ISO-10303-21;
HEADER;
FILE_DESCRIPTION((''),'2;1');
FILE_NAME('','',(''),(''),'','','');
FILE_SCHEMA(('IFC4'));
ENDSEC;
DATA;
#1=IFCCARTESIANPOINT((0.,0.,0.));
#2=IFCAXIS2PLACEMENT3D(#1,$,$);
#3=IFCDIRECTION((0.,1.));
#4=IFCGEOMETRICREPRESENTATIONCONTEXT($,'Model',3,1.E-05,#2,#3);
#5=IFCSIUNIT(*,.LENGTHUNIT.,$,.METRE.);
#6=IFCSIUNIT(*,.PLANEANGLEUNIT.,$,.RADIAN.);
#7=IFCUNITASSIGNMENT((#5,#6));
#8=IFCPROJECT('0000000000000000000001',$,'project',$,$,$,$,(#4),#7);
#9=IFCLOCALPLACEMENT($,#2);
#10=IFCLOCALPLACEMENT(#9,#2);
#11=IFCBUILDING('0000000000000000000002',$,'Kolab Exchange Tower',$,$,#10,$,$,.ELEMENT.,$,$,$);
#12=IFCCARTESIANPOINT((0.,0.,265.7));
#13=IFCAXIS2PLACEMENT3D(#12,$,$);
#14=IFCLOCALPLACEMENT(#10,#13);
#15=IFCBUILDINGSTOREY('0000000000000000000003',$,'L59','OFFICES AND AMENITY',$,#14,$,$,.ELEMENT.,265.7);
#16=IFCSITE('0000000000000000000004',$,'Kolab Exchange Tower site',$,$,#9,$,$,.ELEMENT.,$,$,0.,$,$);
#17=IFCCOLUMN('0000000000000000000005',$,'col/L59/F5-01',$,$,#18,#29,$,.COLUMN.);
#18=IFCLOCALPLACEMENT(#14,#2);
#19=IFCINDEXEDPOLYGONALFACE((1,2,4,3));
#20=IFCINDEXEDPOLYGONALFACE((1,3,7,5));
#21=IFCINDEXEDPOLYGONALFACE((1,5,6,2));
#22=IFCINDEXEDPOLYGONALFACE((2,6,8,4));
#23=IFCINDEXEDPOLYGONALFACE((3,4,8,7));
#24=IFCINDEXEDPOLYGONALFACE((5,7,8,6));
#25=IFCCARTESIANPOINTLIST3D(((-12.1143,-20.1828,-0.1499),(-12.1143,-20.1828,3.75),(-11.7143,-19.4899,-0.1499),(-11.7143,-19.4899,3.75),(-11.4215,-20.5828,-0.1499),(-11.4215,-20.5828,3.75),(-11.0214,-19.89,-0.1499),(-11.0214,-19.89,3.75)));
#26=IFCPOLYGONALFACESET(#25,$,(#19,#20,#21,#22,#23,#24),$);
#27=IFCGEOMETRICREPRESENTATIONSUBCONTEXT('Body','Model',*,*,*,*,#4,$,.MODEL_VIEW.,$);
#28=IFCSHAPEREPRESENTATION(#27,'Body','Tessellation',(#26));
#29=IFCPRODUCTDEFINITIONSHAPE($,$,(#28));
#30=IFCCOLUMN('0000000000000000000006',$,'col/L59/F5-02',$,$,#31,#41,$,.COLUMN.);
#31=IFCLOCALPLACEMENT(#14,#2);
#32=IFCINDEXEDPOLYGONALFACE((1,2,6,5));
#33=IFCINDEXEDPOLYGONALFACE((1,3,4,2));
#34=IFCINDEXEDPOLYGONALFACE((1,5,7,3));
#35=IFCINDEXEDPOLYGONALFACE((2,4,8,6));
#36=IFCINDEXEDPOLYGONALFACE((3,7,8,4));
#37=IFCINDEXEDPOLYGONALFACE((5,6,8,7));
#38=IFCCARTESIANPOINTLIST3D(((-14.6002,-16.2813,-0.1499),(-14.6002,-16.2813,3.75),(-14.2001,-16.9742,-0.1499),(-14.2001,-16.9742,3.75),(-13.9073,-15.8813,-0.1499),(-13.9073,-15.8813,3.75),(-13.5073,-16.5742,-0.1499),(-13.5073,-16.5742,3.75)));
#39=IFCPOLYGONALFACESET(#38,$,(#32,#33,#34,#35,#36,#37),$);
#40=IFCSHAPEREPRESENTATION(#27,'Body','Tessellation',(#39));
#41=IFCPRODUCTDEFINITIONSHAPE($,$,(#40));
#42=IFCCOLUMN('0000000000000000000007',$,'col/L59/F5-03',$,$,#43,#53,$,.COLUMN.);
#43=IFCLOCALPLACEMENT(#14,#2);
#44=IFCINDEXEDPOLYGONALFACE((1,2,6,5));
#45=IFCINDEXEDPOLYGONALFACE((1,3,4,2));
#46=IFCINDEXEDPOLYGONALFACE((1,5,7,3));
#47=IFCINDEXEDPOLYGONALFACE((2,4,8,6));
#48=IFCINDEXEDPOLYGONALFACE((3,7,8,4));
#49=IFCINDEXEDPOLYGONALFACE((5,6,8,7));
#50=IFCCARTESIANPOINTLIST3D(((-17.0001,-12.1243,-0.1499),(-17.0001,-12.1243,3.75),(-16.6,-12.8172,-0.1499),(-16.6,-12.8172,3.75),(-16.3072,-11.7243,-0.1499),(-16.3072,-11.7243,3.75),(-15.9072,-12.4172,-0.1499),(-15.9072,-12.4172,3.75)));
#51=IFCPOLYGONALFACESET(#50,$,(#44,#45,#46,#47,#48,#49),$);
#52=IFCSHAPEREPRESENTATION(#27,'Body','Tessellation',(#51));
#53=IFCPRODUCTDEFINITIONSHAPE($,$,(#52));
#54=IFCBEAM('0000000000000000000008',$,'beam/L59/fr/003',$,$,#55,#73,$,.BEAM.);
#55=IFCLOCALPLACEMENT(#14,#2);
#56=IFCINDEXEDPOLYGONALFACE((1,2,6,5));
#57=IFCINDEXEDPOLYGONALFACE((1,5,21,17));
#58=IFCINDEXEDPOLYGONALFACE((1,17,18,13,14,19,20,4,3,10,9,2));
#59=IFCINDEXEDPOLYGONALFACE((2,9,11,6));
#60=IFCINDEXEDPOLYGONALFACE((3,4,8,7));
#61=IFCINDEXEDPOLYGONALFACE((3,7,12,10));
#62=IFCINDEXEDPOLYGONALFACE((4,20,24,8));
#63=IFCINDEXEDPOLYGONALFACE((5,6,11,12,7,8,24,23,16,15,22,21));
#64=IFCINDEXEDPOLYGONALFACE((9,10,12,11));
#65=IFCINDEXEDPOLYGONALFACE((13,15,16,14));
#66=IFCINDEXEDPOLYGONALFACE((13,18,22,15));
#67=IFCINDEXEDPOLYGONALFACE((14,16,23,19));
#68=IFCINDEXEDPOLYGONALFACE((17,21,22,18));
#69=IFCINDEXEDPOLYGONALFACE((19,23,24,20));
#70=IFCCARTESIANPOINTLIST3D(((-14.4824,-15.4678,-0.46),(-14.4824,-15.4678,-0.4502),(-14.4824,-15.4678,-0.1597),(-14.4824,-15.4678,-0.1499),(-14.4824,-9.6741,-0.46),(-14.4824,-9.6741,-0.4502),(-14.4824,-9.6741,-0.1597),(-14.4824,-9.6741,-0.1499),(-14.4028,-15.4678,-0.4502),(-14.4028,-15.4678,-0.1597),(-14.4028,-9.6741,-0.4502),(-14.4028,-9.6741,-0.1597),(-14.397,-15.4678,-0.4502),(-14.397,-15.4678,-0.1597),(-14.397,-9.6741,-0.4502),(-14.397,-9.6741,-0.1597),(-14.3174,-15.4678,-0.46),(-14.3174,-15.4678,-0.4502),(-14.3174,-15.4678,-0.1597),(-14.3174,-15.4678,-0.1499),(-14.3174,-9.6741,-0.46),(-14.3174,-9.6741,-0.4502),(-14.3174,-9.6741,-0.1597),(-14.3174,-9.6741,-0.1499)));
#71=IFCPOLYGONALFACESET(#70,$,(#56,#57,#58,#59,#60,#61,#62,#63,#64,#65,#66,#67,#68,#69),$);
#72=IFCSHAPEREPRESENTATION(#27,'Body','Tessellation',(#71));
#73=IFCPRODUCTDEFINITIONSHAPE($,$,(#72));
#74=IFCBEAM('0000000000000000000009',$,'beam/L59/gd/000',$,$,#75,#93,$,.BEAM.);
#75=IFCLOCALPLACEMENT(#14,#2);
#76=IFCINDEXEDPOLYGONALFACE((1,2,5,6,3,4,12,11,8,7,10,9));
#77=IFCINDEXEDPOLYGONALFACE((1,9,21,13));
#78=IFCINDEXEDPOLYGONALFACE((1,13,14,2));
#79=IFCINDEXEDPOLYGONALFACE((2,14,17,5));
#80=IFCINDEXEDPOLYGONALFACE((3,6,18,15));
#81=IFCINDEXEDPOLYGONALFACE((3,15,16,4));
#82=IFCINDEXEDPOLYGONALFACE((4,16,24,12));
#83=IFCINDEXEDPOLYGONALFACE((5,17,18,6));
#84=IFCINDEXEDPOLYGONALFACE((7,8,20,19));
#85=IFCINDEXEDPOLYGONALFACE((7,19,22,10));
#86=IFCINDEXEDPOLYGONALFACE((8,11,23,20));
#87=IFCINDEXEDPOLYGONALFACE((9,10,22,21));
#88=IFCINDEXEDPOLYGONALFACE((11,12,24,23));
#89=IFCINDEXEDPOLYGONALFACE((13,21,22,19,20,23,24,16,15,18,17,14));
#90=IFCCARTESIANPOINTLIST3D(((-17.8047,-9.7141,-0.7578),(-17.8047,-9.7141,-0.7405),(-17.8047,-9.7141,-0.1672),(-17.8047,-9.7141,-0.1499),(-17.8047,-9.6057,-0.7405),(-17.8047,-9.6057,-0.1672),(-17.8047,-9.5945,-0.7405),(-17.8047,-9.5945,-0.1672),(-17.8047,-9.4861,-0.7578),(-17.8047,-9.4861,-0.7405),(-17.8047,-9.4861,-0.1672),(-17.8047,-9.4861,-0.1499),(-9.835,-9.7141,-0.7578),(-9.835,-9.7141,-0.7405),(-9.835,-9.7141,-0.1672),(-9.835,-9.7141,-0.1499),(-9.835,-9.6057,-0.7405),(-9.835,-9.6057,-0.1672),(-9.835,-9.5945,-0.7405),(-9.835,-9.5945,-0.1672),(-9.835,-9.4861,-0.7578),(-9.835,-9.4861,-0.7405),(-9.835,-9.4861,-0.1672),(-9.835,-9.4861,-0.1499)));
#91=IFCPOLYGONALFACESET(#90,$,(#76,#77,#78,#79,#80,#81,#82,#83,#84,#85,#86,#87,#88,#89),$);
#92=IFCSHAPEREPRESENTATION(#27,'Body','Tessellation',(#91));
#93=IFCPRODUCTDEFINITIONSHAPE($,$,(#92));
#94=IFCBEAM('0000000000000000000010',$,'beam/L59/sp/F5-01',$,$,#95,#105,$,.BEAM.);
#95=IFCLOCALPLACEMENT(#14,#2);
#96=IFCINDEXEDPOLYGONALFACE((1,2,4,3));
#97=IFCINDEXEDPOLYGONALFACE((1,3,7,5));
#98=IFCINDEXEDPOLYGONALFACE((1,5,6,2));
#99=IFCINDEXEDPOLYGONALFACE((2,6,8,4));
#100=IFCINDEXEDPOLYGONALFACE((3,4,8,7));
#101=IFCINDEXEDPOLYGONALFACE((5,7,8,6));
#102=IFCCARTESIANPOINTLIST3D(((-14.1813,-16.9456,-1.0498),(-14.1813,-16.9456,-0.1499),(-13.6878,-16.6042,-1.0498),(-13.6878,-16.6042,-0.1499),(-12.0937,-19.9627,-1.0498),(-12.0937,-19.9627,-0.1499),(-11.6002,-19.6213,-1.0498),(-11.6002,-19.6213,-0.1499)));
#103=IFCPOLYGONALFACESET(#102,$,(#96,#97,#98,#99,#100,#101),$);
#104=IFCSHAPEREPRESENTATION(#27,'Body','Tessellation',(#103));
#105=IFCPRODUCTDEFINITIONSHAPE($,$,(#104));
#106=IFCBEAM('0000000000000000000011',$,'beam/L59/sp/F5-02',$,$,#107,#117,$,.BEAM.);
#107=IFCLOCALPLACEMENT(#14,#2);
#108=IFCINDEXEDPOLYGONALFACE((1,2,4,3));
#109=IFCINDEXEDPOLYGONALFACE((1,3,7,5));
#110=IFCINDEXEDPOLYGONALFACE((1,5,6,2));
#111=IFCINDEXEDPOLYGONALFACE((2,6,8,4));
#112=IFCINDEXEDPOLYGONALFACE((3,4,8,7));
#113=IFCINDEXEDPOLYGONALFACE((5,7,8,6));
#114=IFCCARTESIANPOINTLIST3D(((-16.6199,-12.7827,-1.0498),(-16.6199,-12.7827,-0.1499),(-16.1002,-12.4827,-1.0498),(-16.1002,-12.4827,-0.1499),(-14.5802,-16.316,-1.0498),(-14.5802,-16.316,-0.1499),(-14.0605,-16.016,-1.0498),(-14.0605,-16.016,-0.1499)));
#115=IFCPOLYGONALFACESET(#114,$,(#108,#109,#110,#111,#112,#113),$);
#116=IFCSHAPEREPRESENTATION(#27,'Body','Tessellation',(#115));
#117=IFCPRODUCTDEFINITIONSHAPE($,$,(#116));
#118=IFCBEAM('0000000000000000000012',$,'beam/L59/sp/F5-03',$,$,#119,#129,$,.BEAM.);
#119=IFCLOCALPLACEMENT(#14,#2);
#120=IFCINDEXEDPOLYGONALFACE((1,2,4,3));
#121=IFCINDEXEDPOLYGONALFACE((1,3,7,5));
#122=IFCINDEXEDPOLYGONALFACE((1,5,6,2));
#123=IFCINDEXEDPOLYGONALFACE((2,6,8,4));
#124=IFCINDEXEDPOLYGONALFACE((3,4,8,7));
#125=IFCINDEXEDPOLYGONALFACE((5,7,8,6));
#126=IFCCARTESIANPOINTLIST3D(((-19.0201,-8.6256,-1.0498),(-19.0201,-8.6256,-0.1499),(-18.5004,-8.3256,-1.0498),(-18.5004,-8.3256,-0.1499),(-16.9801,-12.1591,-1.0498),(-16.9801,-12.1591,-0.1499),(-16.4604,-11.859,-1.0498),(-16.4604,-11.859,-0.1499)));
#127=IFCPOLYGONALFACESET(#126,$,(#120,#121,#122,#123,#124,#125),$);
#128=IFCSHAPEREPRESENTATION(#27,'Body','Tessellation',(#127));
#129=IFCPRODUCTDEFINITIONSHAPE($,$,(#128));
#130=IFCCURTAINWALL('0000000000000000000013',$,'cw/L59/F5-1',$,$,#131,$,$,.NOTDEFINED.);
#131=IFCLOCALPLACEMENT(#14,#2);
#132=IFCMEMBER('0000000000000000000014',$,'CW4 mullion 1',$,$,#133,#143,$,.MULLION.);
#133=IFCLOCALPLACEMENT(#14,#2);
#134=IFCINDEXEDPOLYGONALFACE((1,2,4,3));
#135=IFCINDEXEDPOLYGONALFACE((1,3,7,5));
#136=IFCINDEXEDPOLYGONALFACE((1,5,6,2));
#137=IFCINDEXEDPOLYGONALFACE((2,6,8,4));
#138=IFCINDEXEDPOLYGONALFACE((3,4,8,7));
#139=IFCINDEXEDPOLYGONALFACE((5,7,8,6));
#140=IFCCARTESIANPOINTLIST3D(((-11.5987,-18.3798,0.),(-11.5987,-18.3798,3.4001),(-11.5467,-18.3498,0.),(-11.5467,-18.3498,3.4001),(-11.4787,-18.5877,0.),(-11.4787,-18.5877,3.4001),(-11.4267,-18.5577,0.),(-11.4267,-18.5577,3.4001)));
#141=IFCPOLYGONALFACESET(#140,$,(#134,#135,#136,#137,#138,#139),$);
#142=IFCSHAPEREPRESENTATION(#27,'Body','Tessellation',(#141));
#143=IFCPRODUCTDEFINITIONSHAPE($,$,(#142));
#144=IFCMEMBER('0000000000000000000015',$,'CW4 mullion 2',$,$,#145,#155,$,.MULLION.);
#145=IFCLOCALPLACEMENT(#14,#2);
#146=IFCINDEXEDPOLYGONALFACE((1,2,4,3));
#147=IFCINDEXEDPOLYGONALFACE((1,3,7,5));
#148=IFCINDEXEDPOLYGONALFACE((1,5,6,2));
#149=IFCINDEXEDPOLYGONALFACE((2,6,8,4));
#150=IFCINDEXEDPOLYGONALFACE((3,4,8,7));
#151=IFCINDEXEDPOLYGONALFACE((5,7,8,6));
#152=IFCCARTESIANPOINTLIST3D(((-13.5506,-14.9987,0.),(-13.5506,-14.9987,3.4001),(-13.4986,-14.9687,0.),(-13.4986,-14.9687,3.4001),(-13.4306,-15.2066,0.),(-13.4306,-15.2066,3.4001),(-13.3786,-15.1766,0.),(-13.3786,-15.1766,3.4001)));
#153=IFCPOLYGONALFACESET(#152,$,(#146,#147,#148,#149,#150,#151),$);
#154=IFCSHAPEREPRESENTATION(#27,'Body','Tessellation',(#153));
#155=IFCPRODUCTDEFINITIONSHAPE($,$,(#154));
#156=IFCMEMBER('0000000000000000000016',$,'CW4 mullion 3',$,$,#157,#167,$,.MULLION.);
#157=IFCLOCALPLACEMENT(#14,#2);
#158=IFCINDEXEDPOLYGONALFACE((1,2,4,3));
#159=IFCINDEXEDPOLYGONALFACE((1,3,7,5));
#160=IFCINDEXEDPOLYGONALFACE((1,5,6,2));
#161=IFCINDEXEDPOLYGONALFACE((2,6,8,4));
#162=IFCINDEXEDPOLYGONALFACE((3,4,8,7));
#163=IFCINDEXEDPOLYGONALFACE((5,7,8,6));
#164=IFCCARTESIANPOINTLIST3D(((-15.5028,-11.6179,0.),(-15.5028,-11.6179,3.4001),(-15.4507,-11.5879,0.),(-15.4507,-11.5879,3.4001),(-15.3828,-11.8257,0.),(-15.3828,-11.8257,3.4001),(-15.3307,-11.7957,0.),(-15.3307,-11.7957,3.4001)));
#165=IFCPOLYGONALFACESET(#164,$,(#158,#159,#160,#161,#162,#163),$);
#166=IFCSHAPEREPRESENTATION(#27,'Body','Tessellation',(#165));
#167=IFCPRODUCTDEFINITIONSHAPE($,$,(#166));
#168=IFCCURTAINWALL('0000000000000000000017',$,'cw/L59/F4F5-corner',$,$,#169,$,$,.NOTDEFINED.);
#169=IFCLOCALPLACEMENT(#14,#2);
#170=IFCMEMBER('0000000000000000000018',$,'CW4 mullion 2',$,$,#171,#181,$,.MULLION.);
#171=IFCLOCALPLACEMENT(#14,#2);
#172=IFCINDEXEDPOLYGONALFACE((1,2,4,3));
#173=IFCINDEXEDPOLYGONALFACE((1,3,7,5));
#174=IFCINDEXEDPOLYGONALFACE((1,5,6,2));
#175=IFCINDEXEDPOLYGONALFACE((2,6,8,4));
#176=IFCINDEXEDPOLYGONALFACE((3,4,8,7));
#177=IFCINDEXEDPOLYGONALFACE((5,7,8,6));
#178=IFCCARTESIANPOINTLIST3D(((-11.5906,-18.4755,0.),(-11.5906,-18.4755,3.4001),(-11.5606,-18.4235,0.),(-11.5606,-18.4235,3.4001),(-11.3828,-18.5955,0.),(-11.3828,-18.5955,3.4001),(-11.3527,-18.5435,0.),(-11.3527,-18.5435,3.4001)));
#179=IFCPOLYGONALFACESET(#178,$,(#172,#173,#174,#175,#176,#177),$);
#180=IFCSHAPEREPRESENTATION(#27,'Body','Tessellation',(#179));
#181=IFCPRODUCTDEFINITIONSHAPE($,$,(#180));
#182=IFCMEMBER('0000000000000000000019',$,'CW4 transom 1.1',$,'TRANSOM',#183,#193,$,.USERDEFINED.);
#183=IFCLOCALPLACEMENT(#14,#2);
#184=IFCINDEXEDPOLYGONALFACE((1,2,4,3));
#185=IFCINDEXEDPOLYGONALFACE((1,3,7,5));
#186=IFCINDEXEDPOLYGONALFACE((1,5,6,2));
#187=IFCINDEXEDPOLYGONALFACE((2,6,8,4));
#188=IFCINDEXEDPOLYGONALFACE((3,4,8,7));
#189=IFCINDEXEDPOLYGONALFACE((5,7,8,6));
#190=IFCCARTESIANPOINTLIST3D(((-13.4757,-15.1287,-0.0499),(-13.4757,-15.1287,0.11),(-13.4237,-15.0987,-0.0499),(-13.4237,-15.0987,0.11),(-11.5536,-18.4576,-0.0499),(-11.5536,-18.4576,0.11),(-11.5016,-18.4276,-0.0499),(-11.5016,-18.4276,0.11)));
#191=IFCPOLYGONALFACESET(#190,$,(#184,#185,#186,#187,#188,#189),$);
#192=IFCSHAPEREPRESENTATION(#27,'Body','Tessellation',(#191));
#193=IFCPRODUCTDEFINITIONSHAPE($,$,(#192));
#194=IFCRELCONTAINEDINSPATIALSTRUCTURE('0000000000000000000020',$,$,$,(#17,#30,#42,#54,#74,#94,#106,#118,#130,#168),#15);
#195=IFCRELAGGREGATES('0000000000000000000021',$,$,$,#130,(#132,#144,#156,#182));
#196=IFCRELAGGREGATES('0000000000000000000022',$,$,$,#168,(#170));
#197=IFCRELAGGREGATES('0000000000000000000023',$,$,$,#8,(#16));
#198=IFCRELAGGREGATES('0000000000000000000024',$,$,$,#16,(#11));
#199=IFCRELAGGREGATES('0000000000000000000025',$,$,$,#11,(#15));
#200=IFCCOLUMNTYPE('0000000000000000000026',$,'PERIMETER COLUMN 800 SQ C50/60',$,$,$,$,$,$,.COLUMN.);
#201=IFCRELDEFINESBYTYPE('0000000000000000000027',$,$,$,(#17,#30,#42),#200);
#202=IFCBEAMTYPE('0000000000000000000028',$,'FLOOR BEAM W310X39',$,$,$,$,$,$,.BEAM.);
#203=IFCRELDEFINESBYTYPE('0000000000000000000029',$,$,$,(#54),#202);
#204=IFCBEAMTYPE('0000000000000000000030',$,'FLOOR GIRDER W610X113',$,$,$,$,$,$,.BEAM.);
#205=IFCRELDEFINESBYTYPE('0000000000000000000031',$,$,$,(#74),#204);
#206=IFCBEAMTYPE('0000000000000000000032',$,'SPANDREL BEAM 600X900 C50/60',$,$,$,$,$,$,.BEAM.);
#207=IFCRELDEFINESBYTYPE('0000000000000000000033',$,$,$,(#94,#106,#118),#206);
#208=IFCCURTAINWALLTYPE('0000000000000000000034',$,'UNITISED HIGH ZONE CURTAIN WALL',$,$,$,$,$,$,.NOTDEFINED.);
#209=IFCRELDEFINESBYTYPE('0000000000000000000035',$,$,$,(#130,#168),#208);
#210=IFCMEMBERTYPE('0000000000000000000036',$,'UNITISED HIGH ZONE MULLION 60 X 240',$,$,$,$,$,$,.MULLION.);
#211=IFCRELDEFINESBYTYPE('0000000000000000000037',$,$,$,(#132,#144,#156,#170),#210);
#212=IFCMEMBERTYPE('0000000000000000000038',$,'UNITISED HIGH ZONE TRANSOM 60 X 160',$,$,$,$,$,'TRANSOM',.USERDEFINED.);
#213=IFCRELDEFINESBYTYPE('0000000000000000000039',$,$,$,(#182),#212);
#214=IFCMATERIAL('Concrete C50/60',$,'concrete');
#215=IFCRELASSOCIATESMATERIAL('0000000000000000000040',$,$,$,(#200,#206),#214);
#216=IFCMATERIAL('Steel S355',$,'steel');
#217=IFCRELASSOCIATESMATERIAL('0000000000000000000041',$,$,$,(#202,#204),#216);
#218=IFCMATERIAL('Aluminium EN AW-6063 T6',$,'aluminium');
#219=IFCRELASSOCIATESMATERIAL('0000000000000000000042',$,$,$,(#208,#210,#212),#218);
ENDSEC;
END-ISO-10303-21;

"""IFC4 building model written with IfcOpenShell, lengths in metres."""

from ifc_helpers import new_model, si_unit, direction, frame, origin, origin_2d, place, context, subcontext, project, spatial, rectangle, i_section, extrude, material, material_profile, profile_set, type_object, element, aggregate, save


model = new_model("IFC4")

# Units and contexts
model_context = context("Model", 3, precision=1e-05, world=origin(), true_north=direction((0.0, 1.0)))
body_context = subcontext(model_context, "Body", "Model", "MODEL_VIEW")
ifc_project = project(units=[si_unit("LENGTHUNIT", "METRE"), si_unit("PLANEANGLEUNIT", "RADIAN")], contexts=[model_context])

# Site, building, storey
site_placement = place(None, origin())
site = spatial("IfcSite", under=ifc_project, at=site_placement, Name="Kolab Exchange Tower site", CompositionType="ELEMENT", RefElevation=0.0)
building_placement = place(site_placement, origin())
building = spatial("IfcBuilding", under=site, at=building_placement, Name="Kolab Exchange Tower", CompositionType="ELEMENT")
storey_placement = place(building_placement, frame((0.0, 0.0, 265.7)))
storey = spatial("IfcBuildingStorey", under=building, at=storey_placement, Name="L59", Description="OFFICES AND AMENITY", CompositionType="ELEMENT", Elevation=265.7)

# Columns
ifc_material_1 = material(Name="Concrete C50/60", Category="concrete")
ifc_material_profile_1 = material_profile(ifc_material_1, rectangle(XDim=0.8, YDim=0.8, at=origin_2d()), Name="RC800")
ifc_profile_set_1 = profile_set([ifc_material_profile_1], Name="Concrete C50/60")
column_type = type_object("IfcColumnType", Name="PERIMETER COLUMN 800 SQ C50/60", PredefinedType="COLUMN", material=ifc_profile_set_1)
for number, where, z_axis, x_axis, name in (
    (1, (-11.5679, -20.0364, -0.1499), (0.0, 0.0, 1.0), (0.5, 0.866025, 0.0), "col/L59/F5-01"),
    (2, (-14.0537, -16.4277, -0.1499), (0.0, 0.0, 1.0), (0.866025, 0.5, 0.0), "col/L59/F5-02"),
    (3, (-16.4536, -12.2708, -0.1499), (0.0, 0.0, 1.0), (0.866025, 0.5, 0.0), "col/L59/F5-03"),
):
    element("IfcColumn", number, at=place(storey_placement, frame(where, z_axis=z_axis, x_axis=x_axis)), inside=storey, type_object=column_type, Name=name, PredefinedType="COLUMN", context=body_context, shape_type="SweptSolid", body=[
        extrude(rectangle(XDim=0.8, YDim=0.8, at=origin_2d()), origin(), (0.0, 0.0, 1.0), 3.8999),
    ])

# Beams
ifc_material_2 = material(Name="Steel S355", Category="steel")
ifc_material_profile_2 = material_profile(ifc_material_2, i_section(OverallWidth=0.165, OverallDepth=0.3101, WebThickness=0.0059, FlangeThickness=0.0098, at=origin_2d()), Name="W310X39")
ifc_profile_set_2 = profile_set([ifc_material_profile_2], Name="Steel S355")
beam_type_1 = type_object("IfcBeamType", Name="FLOOR BEAM W310X39", PredefinedType="BEAM", material=ifc_profile_set_2)
beam_1_placement = place(storey_placement, frame((-14.3999, -15.4678, -0.3049), z_axis=(0.0, 1.0, 0.0), x_axis=(-1.0, 0.0, 0.0)))
element("IfcBeam", 4, at=beam_1_placement, inside=storey, type_object=beam_type_1, Name="beam/L59/fr/003", PredefinedType="BEAM", context=body_context, shape_type="SweptSolid", body=[
    extrude(i_section(OverallWidth=0.165, OverallDepth=0.3101, WebThickness=0.0059, FlangeThickness=0.0098, at=origin_2d()), origin(), (0.0, 0.0, 1.0), 5.7937),
])
ifc_material_profile_3 = material_profile(ifc_material_2, i_section(OverallWidth=0.228, OverallDepth=0.6079, WebThickness=0.0112, FlangeThickness=0.0173, at=origin_2d()), Name="W610X113")
ifc_profile_set_3 = profile_set([ifc_material_profile_3], Name="Steel S355")
beam_type_2 = type_object("IfcBeamType", Name="FLOOR GIRDER W610X113", PredefinedType="BEAM", material=ifc_profile_set_3)
beam_2_placement = place(storey_placement, frame((-17.8047, -9.6001, -0.4539), z_axis=(1.0, 0.0, 0.0), x_axis=(0.0, 1.0, 0.0)))
element("IfcBeam", 5, at=beam_2_placement, inside=storey, type_object=beam_type_2, Name="beam/L59/gd/000", PredefinedType="BEAM", context=body_context, shape_type="SweptSolid", body=[
    extrude(i_section(OverallWidth=0.228, OverallDepth=0.6079, WebThickness=0.0112, FlangeThickness=0.0173, at=origin_2d()), origin(), (0.0, 0.0, 1.0), 7.9697),
])
ifc_material_profile_4 = material_profile(ifc_material_1, rectangle(XDim=0.6001, YDim=0.8999, at=origin_2d()), Name="RC600X900")
ifc_profile_set_4 = profile_set([ifc_material_profile_4], Name="Concrete C50/60")
beam_type_3 = type_object("IfcBeamType", Name="SPANDREL BEAM 600X900 C50/60", PredefinedType="BEAM", material=ifc_profile_set_4)
beam_3_placement = place(storey_placement, frame((-11.8469, -19.792, -0.5999), z_axis=(-0.569006, 0.822334, 0.0), x_axis=(-0.822334, -0.569006, 0.0)))
element("IfcBeam", 6, at=beam_3_placement, inside=storey, type_object=beam_type_3, Name="beam/L59/sp/F5-01", PredefinedType="BEAM", context=body_context, shape_type="SweptSolid", body=[
    extrude(rectangle(XDim=0.6001, YDim=0.8999, at=origin_2d()), origin(), (0.0, 0.0, 1.0), 3.6689),
])
beam_4_placement = place(storey_placement, frame((-14.3203, -16.166, -0.5999), z_axis=(-0.499956, 0.866051, 0.0), x_axis=(-0.866051, -0.499956, 0.0)))
element("IfcBeam", 7, at=beam_4_placement, inside=storey, type_object=beam_type_3, Name="beam/L59/sp/F5-02", PredefinedType="BEAM", context=body_context, shape_type="SweptSolid", body=[
    extrude(rectangle(XDim=0.6001, YDim=0.8999, at=origin_2d()), origin(), (0.0, 0.0, 1.0), 4.0798),
])
beam_5_placement = place(storey_placement, frame((-16.7202, -12.009, -0.5999), z_axis=(-0.5, 0.866025, 0.0), x_axis=(-0.866025, -0.5, 0.0)))
element("IfcBeam", 8, at=beam_5_placement, inside=storey, type_object=beam_type_3, Name="beam/L59/sp/F5-03", PredefinedType="BEAM", context=body_context, shape_type="SweptSolid", body=[
    extrude(rectangle(XDim=0.6001, YDim=0.8999, at=origin_2d()), origin(), (0.0, 0.0, 1.0), 4.0801),
])

# Curtain wall, members
ifc_material_3 = material(Name="Aluminium EN AW-6063 T6", Category="aluminium")
curtain_wall_type = type_object("IfcCurtainWallType", Name="UNITISED HIGH ZONE CURTAIN WALL", PredefinedType="NOTDEFINED", material=ifc_material_3)
curtain_wall_1_placement = place(storey_placement, origin())
curtain_wall_1 = element("IfcCurtainWall", 9, at=curtain_wall_1_placement, inside=storey, type_object=curtain_wall_type, Name="cw/L59/F5-1", PredefinedType="NOTDEFINED")
ifc_material_profile_5 = material_profile(ifc_material_3, rectangle(XDim=0.0601, YDim=0.24, at=origin_2d()), Name="RECT 60X240")
ifc_profile_set_5 = profile_set([ifc_material_profile_5], Name="Aluminium EN AW-6063 T6")
member_type_1 = type_object("IfcMemberType", Name="UNITISED HIGH ZONE MULLION 60 X 240", PredefinedType="MULLION", material=ifc_profile_set_5)
member_1_placement = place(storey_placement, frame((-11.5127, -18.4688, 0.0), z_axis=(0.0, 0.0, 1.0), x_axis=(-0.866025, -0.5, 0.0)))
member_1 = element("IfcMember", 10, at=member_1_placement, type_object=member_type_1, Name="CW4 mullion 1", PredefinedType="MULLION", context=body_context, shape_type="SweptSolid", body=[
    extrude(rectangle(XDim=0.0601, YDim=0.24, at=origin_2d()), origin(), (0.0, 0.0, 1.0), 3.4001),
])
member_2_placement = place(storey_placement, frame((-13.4646, -15.0876, 0.0), z_axis=(0.0, 0.0, 1.0), x_axis=(-0.866025, -0.5, 0.0)))
member_2 = element("IfcMember", 11, at=member_2_placement, type_object=member_type_1, Name="CW4 mullion 2", PredefinedType="MULLION", context=body_context, shape_type="SweptSolid", body=[
    extrude(rectangle(XDim=0.0601, YDim=0.24, at=origin_2d()), origin(), (0.0, 0.0, 1.0), 3.4001),
])
member_3_placement = place(storey_placement, frame((-15.4167, -11.7068, 0.0), z_axis=(0.0, 0.0, 1.0), x_axis=(-0.866025, -0.5, 0.0)))
member_3 = element("IfcMember", 12, at=member_3_placement, type_object=member_type_1, Name="CW4 mullion 3", PredefinedType="MULLION", context=body_context, shape_type="SweptSolid", body=[
    extrude(rectangle(XDim=0.0601, YDim=0.24, at=origin_2d()), origin(), (0.0, 0.0, 1.0), 3.4001),
])

# Curtain wall, member
curtain_wall_2_placement = place(storey_placement, origin())
curtain_wall_2 = element("IfcCurtainWall", 13, at=curtain_wall_2_placement, inside=storey, type_object=curtain_wall_type, Name="cw/L59/F4F5-corner", PredefinedType="NOTDEFINED")
member_4_placement = place(storey_placement, frame((-11.4717, -18.5095, 0.0), z_axis=(0.0, 0.0, 1.0), x_axis=(-0.5, -0.866025, 0.0)))
member_4 = element("IfcMember", 14, at=member_4_placement, type_object=member_type_1, Name="CW4 mullion 2", PredefinedType="MULLION", context=body_context, shape_type="SweptSolid", body=[
    extrude(rectangle(XDim=0.0601, YDim=0.24, at=origin_2d()), origin(), (0.0, 0.0, 1.0), 3.4001),
])

# Member
ifc_material_profile_6 = material_profile(ifc_material_3, rectangle(XDim=0.0601, YDim=0.1599, at=origin_2d()), Name="RECT 60X160")
ifc_profile_set_6 = profile_set([ifc_material_profile_6], Name="Aluminium EN AW-6063 T6")
member_type_2 = type_object("IfcMemberType", Name="UNITISED HIGH ZONE TRANSOM 60 X 160", ElementType="TRANSOM", PredefinedType="USERDEFINED", material=ifc_profile_set_6)
member_5_placement = place(storey_placement, frame((-11.5276, -18.4426, 0.03), z_axis=(-0.500039, 0.866003, 0.0), x_axis=(-0.866003, -0.500039, 0.0)))
member_5 = element("IfcMember", 15, at=member_5_placement, type_object=member_type_2, Name="CW4 transom 1.1", ObjectType="TRANSOM", PredefinedType="USERDEFINED", context=body_context, shape_type="SweptSolid", body=[
    extrude(rectangle(XDim=0.0601, YDim=0.1599, at=origin_2d()), origin(), (0.0, 0.0, 1.0), 3.844),
])

aggregate(curtain_wall_1, [member_1, member_2, member_3, member_5])
aggregate(curtain_wall_2, [member_4])

save(model, "model.ifc")
